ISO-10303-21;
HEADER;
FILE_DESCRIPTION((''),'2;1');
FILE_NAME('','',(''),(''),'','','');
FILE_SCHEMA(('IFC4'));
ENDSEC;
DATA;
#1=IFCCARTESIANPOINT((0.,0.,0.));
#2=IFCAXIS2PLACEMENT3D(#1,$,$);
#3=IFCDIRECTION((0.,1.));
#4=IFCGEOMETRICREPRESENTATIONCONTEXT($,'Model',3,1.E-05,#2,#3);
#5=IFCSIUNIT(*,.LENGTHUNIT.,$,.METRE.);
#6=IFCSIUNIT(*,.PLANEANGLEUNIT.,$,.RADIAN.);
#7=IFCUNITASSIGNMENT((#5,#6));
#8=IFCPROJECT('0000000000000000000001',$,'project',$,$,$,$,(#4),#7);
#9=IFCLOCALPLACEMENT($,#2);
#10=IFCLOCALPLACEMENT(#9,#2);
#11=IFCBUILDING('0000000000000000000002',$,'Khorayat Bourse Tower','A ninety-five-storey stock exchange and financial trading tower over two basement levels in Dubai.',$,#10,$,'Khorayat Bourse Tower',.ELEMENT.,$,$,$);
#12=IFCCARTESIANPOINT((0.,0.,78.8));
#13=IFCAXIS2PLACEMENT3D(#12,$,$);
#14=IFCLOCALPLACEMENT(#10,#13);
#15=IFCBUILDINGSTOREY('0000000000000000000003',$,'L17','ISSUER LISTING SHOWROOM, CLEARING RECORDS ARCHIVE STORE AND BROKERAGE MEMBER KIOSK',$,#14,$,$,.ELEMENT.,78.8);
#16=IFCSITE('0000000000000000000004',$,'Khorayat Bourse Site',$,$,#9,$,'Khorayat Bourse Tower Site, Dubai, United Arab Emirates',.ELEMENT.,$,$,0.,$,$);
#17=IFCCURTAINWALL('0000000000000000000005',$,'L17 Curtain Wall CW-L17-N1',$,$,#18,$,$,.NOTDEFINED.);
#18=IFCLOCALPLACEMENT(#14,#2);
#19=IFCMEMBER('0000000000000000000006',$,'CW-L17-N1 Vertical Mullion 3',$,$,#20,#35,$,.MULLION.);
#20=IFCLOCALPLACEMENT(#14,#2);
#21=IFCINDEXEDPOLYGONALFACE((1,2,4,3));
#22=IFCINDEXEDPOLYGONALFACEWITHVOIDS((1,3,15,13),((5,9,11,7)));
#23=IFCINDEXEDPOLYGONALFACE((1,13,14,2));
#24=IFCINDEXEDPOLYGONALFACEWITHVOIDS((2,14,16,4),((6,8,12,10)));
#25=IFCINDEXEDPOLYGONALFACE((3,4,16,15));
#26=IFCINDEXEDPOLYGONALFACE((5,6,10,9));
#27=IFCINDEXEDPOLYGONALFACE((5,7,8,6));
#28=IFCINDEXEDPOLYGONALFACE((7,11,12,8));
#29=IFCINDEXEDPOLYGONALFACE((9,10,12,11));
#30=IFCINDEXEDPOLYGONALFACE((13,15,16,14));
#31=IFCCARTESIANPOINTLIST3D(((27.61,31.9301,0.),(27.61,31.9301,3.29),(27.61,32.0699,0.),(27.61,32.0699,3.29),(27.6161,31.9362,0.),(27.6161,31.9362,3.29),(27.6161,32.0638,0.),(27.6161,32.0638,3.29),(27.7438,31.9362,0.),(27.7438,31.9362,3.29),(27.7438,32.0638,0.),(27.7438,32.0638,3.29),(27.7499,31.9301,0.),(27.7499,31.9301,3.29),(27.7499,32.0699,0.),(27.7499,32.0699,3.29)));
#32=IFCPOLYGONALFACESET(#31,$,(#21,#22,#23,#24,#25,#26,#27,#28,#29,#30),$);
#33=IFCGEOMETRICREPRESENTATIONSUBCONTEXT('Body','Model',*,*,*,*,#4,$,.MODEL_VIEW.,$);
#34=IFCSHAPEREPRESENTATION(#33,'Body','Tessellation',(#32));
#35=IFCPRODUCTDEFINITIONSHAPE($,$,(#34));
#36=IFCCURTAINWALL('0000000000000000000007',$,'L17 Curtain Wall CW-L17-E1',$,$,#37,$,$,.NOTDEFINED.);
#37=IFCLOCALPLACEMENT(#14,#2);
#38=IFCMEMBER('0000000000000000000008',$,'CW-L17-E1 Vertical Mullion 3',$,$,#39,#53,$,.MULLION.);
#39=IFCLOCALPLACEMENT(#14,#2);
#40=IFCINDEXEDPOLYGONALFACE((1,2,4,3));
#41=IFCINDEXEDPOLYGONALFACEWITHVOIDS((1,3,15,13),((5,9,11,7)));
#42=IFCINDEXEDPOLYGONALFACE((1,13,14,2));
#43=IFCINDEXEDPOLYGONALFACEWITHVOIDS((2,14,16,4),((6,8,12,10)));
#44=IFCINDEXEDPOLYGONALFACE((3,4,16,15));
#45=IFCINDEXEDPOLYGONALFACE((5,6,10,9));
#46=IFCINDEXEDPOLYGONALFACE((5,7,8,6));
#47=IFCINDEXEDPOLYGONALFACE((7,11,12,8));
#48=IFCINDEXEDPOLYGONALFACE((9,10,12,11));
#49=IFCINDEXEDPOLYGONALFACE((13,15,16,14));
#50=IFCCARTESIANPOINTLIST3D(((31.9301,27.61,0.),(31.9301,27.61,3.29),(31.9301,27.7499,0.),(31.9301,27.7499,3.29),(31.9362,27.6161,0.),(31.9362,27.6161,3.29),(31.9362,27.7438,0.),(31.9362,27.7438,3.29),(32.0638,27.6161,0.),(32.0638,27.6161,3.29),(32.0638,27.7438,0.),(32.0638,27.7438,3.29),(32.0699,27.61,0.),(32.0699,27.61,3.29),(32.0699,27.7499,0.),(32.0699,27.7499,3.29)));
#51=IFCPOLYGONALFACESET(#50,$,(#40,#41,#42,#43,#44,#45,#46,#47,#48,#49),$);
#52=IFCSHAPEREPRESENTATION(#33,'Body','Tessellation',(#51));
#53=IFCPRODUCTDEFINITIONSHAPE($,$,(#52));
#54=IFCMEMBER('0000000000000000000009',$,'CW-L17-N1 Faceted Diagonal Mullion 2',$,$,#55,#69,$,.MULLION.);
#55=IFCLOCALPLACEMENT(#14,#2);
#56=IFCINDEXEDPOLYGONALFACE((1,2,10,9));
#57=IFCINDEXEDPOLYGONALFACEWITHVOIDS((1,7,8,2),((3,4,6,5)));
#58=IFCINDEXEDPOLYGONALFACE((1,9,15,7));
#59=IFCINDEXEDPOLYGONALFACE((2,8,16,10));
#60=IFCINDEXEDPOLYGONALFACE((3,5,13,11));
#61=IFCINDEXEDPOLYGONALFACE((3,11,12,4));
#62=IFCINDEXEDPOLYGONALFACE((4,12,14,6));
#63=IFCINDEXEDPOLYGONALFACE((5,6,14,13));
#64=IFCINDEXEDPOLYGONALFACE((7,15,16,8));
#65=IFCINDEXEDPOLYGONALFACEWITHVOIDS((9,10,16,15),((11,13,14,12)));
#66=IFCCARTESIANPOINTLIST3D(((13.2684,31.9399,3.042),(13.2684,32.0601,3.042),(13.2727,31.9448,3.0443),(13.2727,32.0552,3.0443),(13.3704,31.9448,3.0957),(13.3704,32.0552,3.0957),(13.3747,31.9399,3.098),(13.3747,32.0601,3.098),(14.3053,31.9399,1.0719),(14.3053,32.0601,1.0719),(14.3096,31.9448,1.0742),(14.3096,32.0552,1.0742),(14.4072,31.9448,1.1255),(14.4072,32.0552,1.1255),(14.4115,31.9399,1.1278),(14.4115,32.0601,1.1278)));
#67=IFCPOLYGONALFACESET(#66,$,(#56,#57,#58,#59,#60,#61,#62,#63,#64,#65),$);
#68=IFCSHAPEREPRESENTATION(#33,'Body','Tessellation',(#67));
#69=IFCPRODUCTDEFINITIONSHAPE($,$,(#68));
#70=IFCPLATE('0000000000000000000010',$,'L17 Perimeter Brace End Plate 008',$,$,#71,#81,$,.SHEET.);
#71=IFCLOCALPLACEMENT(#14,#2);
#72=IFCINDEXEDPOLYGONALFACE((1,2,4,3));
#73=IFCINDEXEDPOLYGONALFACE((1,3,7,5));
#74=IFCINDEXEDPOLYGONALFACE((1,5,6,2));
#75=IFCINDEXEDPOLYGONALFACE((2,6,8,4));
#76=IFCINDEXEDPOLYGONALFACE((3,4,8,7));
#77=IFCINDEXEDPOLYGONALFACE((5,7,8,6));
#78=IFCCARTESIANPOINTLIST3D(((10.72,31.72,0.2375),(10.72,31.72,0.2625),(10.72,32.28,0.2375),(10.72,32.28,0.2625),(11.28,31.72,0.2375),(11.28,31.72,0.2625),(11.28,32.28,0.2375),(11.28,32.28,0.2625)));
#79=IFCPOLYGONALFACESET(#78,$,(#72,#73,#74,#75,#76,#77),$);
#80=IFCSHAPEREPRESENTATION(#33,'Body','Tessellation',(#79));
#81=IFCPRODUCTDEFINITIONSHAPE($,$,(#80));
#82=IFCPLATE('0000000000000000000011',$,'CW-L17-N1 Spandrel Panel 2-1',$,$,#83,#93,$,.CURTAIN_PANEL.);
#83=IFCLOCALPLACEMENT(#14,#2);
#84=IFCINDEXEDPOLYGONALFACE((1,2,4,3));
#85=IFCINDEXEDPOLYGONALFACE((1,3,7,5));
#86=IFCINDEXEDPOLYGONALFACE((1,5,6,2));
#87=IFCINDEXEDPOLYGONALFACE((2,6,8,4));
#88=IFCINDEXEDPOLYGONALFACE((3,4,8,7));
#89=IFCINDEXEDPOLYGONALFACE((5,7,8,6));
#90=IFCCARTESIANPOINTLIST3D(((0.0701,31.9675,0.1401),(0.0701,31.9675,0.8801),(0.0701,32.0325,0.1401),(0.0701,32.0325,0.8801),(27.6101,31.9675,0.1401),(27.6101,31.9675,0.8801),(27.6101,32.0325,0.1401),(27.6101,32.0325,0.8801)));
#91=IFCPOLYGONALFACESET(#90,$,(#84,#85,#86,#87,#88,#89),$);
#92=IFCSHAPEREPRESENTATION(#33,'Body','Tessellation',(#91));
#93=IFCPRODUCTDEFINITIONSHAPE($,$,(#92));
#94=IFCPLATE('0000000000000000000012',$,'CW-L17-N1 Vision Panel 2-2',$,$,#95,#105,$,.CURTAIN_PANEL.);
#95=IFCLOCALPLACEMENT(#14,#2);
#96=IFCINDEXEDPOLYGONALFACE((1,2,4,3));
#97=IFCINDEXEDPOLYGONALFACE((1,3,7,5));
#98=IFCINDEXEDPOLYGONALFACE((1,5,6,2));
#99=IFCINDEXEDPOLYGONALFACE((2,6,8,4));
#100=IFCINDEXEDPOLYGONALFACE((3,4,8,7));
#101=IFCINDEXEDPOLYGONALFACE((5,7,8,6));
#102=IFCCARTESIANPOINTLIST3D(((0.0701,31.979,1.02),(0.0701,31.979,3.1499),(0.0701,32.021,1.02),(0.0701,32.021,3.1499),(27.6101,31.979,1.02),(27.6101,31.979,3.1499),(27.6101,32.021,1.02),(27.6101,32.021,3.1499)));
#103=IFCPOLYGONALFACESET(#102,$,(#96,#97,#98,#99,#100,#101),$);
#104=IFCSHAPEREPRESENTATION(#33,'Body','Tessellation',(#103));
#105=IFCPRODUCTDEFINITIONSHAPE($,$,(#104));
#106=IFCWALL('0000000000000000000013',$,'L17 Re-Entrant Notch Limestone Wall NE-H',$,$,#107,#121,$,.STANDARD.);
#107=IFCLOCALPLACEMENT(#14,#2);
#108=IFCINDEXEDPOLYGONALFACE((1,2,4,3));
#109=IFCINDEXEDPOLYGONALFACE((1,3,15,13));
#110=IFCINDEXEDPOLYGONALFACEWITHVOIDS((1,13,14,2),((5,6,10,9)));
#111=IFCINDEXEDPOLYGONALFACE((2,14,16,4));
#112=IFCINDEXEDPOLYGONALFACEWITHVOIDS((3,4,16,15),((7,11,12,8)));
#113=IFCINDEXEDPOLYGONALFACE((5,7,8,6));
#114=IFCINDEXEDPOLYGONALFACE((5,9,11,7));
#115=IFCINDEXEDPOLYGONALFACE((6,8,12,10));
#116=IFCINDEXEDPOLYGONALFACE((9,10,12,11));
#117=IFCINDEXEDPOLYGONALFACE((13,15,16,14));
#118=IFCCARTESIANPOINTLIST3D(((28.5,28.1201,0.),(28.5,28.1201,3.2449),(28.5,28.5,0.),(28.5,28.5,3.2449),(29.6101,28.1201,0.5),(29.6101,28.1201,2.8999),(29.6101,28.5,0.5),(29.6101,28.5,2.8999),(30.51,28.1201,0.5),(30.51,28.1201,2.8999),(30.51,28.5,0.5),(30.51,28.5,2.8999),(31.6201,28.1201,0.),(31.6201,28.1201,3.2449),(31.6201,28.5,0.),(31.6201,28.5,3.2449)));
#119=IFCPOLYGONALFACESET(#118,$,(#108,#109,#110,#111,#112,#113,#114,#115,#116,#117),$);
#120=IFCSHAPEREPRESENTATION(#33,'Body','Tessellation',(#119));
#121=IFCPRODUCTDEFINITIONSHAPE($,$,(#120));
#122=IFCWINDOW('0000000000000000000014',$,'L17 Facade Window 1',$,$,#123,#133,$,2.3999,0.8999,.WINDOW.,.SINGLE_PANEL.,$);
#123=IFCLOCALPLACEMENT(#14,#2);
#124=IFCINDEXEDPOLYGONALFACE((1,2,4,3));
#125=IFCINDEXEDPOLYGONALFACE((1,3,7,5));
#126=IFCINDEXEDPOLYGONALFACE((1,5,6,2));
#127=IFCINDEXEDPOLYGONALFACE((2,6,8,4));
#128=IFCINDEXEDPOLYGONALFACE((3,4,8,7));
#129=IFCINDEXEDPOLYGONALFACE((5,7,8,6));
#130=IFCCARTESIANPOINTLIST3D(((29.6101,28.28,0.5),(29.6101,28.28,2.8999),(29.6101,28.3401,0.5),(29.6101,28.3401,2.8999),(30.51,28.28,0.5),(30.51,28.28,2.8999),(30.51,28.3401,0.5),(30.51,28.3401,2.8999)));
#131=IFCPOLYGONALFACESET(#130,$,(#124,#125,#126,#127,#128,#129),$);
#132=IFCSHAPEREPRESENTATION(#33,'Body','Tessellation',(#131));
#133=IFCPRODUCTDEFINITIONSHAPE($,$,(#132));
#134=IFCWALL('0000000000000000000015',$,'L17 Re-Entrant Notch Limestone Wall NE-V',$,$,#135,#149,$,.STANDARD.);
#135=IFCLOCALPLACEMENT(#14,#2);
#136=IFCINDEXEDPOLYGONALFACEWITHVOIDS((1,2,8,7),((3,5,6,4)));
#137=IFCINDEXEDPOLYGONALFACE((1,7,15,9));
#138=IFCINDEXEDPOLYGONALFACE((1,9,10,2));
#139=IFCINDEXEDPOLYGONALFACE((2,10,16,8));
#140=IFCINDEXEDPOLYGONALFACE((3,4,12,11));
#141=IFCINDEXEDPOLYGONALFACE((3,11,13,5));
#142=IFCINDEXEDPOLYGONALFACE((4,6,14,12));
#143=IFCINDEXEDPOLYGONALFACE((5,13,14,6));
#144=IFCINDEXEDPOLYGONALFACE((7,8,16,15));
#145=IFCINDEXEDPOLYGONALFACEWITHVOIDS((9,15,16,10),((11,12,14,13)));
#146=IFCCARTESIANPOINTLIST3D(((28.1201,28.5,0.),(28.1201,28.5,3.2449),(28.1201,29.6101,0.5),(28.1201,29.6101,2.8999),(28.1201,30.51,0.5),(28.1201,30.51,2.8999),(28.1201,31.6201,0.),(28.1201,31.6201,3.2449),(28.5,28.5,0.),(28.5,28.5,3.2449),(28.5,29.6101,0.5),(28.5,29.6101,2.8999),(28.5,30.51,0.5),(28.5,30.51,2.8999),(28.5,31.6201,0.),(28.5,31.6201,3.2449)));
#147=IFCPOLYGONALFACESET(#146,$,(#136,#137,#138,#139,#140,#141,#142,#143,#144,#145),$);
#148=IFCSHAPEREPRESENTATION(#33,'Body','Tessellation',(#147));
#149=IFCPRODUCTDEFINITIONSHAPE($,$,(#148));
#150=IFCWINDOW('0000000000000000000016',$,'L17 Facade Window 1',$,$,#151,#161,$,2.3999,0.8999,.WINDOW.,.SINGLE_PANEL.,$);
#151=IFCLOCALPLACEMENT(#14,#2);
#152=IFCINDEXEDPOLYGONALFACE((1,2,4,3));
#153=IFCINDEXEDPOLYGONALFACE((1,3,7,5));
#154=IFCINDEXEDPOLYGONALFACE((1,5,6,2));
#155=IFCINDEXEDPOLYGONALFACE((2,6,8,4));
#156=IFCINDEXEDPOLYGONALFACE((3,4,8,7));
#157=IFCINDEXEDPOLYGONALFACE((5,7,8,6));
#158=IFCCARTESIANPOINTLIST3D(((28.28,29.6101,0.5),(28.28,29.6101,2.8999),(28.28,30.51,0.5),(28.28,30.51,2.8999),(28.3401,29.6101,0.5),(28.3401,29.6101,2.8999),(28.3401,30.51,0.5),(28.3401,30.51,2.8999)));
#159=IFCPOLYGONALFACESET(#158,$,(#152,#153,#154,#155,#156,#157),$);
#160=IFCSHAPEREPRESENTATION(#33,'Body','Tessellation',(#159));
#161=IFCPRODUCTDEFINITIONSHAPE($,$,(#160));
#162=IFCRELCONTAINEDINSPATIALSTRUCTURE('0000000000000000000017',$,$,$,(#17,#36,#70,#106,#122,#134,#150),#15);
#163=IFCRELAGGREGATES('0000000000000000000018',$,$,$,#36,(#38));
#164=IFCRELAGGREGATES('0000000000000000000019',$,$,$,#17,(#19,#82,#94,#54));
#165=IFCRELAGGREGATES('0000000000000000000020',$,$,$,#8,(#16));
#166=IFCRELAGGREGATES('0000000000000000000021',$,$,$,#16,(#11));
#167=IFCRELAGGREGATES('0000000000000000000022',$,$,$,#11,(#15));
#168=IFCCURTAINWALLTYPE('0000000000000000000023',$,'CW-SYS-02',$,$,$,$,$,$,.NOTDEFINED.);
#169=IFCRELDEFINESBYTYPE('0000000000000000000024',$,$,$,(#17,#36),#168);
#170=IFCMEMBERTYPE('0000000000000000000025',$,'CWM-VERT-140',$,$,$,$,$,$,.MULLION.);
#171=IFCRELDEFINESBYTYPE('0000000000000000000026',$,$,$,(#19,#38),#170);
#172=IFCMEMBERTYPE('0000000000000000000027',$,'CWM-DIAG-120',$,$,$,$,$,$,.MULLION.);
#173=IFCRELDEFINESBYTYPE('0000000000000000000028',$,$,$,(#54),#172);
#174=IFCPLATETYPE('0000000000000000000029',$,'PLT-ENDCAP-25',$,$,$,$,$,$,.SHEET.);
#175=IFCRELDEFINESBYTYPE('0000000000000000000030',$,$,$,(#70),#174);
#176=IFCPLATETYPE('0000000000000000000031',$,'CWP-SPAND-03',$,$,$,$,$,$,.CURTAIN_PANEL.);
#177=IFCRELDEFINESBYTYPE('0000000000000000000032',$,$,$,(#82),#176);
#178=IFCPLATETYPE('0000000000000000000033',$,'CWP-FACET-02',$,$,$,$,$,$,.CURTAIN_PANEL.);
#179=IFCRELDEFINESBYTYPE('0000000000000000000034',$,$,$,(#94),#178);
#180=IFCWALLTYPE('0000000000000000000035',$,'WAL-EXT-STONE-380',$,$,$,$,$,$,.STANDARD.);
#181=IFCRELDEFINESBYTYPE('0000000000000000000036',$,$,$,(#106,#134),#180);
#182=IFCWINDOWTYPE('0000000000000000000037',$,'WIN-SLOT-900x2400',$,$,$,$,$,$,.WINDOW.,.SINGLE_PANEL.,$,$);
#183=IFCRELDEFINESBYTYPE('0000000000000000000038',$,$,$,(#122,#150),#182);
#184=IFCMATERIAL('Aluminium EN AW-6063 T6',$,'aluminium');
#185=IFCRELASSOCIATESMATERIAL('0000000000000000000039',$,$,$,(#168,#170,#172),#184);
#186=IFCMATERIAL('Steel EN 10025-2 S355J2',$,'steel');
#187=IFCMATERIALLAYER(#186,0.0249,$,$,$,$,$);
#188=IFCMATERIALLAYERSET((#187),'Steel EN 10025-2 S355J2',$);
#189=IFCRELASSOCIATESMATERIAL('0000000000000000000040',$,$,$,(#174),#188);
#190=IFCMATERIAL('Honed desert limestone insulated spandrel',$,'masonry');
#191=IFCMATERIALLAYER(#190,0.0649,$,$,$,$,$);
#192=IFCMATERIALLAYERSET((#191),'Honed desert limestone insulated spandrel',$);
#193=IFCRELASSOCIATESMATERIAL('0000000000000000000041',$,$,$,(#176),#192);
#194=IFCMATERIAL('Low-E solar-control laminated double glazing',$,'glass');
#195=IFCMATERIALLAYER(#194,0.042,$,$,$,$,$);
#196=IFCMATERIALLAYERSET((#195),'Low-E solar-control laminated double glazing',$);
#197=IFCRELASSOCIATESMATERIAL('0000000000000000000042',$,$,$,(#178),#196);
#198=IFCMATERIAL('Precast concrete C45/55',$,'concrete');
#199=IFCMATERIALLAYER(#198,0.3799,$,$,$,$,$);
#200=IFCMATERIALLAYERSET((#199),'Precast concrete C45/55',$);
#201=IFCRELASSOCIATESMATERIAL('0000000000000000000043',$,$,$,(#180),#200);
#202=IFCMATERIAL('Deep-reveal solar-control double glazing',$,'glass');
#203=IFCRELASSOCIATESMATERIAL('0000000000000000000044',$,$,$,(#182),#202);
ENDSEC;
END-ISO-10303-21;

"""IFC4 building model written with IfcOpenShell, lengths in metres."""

from ifc_helpers import new_model, si_unit, direction, frame, frame_2d, origin, origin_2d, place, context, subcontext, project, spatial, rectangle, hollow_rectangle, extrude, source, transform, mapped, material, layer, layer_set, material_profile, profile_set, type_object, element, fill, aggregate, save


model = new_model("IFC4")

# Units and contexts
model_context = context("Model", 3, precision=1e-05, world=origin(), true_north=direction((0.0, 1.0)))
body_context = subcontext(model_context, "Body", "Model", "MODEL_VIEW")
ifc_project = project(units=[si_unit("LENGTHUNIT", "METRE"), si_unit("PLANEANGLEUNIT", "RADIAN")], contexts=[model_context])

# Site, building, storey
site_placement = place(None, origin())
site = spatial("IfcSite", under=ifc_project, at=site_placement, Name="Khorayat Bourse Site", LongName="Khorayat Bourse Tower Site, Dubai, United Arab Emirates", CompositionType="ELEMENT", RefElevation=0.0)
building_placement = place(site_placement, origin())
building = spatial("IfcBuilding", under=site, at=building_placement, Name="Khorayat Bourse Tower", Description="A ninety-five-storey stock exchange and financial trading tower over two basement levels in Dubai.", LongName="Khorayat Bourse Tower", CompositionType="ELEMENT")
storey_placement = place(building_placement, frame((0.0, 0.0, 78.8)))
storey = spatial("IfcBuildingStorey", under=building, at=storey_placement, Name="L17", Description="ISSUER LISTING SHOWROOM, CLEARING RECORDS ARCHIVE STORE AND BROKERAGE MEMBER KIOSK", CompositionType="ELEMENT", Elevation=78.8)

# Curtain walls, members
ifc_material_1 = material(Name="Aluminium EN AW-6063 T6", Category="aluminium")
curtain_wall_type = type_object("IfcCurtainWallType", Name="CW-SYS-02", PredefinedType="NOTDEFINED", material=ifc_material_1)
curtain_wall_1_placement = place(storey_placement, origin())
curtain_wall_1 = element("IfcCurtainWall", 1, at=curtain_wall_1_placement, inside=storey, type_object=curtain_wall_type, Name="L17 Curtain Wall CW-L17-N1", PredefinedType="NOTDEFINED")
ifc_material_profile_1 = material_profile(ifc_material_1, hollow_rectangle(XDim=0.1399, YDim=0.1399, WallThickness=0.0061, at=origin_2d()), Name="ALU 140x140x6")
ifc_profile_set_1 = profile_set([ifc_material_profile_1], Name="Aluminium EN AW-6063 T6")
member_type_1 = type_object("IfcMemberType", Name="CWM-VERT-140", PredefinedType="MULLION", material=ifc_profile_set_1)
shared_shape_1 = source(origin(), body_context, "Body", "SweptSolid", [
    extrude(hollow_rectangle(XDim=0.1399, YDim=0.1399, WallThickness=0.0061, at=origin_2d()), origin(), (0.0, 0.0, 1.0), 3.29),
])
member_1_placement = place(storey_placement, frame((27.6799, 32.0, 0.0), z_axis=(0.0, 0.0, 1.0), x_axis=(0.0, 1.0, 0.0)))
member_1 = element("IfcMember", 2, at=member_1_placement, type_object=member_type_1, Name="CW-L17-N1 Vertical Mullion 3", PredefinedType="MULLION", context=body_context, shape_type="MappedRepresentation", body=[
    mapped(shared_shape_1, transform((0.0, 0.0, 0.0), scale=1.0)),
])
curtain_wall_2_placement = place(storey_placement, origin())
curtain_wall_2 = element("IfcCurtainWall", 3, at=curtain_wall_2_placement, inside=storey, type_object=curtain_wall_type, Name="L17 Curtain Wall CW-L17-E1", PredefinedType="NOTDEFINED")
member_2_placement = place(storey_placement, frame((32.0, 27.6799, 0.0), z_axis=(0.0, 0.0, 1.0), x_axis=(-1.0, 0.0, 0.0)))
member_2 = element("IfcMember", 4, at=member_2_placement, type_object=member_type_1, Name="CW-L17-E1 Vertical Mullion 3", PredefinedType="MULLION", context=body_context, shape_type="MappedRepresentation", body=[
    mapped(shared_shape_1, transform((0.0, 0.0, 0.0), scale=1.0)),
])
aggregate(curtain_wall_2, [member_2])

# Member
ifc_material_profile_2 = material_profile(ifc_material_1, hollow_rectangle(XDim=0.1201, YDim=0.1201, WallThickness=0.0049, at=origin_2d()), Name="ALU 120x120x5")
ifc_profile_set_2 = profile_set([ifc_material_profile_2], Name="Aluminium EN AW-6063 T6")
member_type_2 = type_object("IfcMemberType", Name="CWM-DIAG-120", PredefinedType="MULLION", material=ifc_profile_set_2)
shared_shape_2 = source(origin(), body_context, "Body", "SweptSolid", [
    extrude(hollow_rectangle(XDim=0.1201, YDim=0.1201, WallThickness=0.0049, at=origin_2d()), origin(), (0.0, 0.0, 1.0), 2.2263),
])
member_3_placement = place(storey_placement, frame((14.3584, 32.0, 1.0999), z_axis=(-0.465715, 0.0, 0.884935), x_axis=(0.0, -1.0, 0.0)))
member_3 = element("IfcMember", 5, at=member_3_placement, type_object=member_type_2, Name="CW-L17-N1 Faceted Diagonal Mullion 2", PredefinedType="MULLION", context=body_context, shape_type="MappedRepresentation", body=[
    mapped(shared_shape_2, transform((0.0, 0.0, 0.0), scale=1.0)),
])

# Plates
ifc_material_2 = material(Name="Steel EN 10025-2 S355J2", Category="steel")
ifc_layer_1 = layer(ifc_material_2, 0.0249)
ifc_layer_set_1 = layer_set([ifc_layer_1], Name="Steel EN 10025-2 S355J2")
plate_type_1 = type_object("IfcPlateType", Name="PLT-ENDCAP-25", PredefinedType="SHEET", material=ifc_layer_set_1)
shared_shape_3 = source(origin(), body_context, "Body", "SweptSolid", [
    extrude(rectangle(XDim=0.5601, YDim=0.5601, at=origin_2d()), origin(), (0.0, 0.0, 1.0), 0.0249),
])
plate_1_placement = place(storey_placement, frame((11.0, 32.0, 0.2375), z_axis=(0.0, 0.0, 1.0), x_axis=(1.0, 0.0, 0.0)))
element("IfcPlate", 6, at=plate_1_placement, inside=storey, type_object=plate_type_1, Name="L17 Perimeter Brace End Plate 008", PredefinedType="SHEET", context=body_context, shape_type="MappedRepresentation", body=[
    mapped(shared_shape_3, transform((0.0, 0.0, 0.0), scale=1.0)),
])
ifc_material_3 = material(Name="Honed desert limestone insulated spandrel", Category="masonry")
ifc_layer_2 = layer(ifc_material_3, 0.0649)
ifc_layer_set_2 = layer_set([ifc_layer_2], Name="Honed desert limestone insulated spandrel")
plate_type_2 = type_object("IfcPlateType", Name="CWP-SPAND-03", PredefinedType="CURTAIN_PANEL", material=ifc_layer_set_2)
shared_shape_4 = source(origin(), body_context, "Body", "SweptSolid", [
    extrude(rectangle(XDim=27.54, YDim=0.0649, at=origin_2d()), origin(), (0.0, 0.0, 1.0), 0.74),
])
plate_2_placement = place(storey_placement, frame((13.8401, 32.0, 0.1401), z_axis=(0.0, 0.0, 1.0), x_axis=(1.0, 0.0, 0.0)))
plate_2 = element("IfcPlate", 7, at=plate_2_placement, type_object=plate_type_2, Name="CW-L17-N1 Spandrel Panel 2-1", PredefinedType="CURTAIN_PANEL", context=body_context, shape_type="MappedRepresentation", body=[
    mapped(shared_shape_4, transform((0.0, 0.0, 0.0), scale=1.0)),
])
ifc_material_4 = material(Name="Low-E solar-control laminated double glazing", Category="glass")
ifc_layer_3 = layer(ifc_material_4, 0.042)
ifc_layer_set_3 = layer_set([ifc_layer_3], Name="Low-E solar-control laminated double glazing")
plate_type_3 = type_object("IfcPlateType", Name="CWP-FACET-02", PredefinedType="CURTAIN_PANEL", material=ifc_layer_set_3)
shared_shape_5 = source(origin(), body_context, "Body", "SweptSolid", [
    extrude(rectangle(XDim=27.54, YDim=0.042, at=origin_2d()), origin(), (0.0, 0.0, 1.0), 2.1299),
])
plate_3_placement = place(storey_placement, frame((13.8401, 32.0, 1.02), z_axis=(0.0, 0.0, 1.0), x_axis=(1.0, 0.0, 0.0)))
plate_3 = element("IfcPlate", 8, at=plate_3_placement, type_object=plate_type_3, Name="CW-L17-N1 Vision Panel 2-2", PredefinedType="CURTAIN_PANEL", context=body_context, shape_type="MappedRepresentation", body=[
    mapped(shared_shape_5, transform((0.0, 0.0, 0.0), scale=1.0)),
])
aggregate(curtain_wall_1, [member_1, plate_2, plate_3, member_3])

# Walls, openings, windows
ifc_material_5 = material(Name="Precast concrete C45/55", Category="concrete")
ifc_layer_4 = layer(ifc_material_5, 0.3799)
ifc_layer_set_4 = layer_set([ifc_layer_4], Name="Precast concrete C45/55")
wall_type_1 = type_object("IfcWallType", Name="WAL-EXT-STONE-380", PredefinedType="STANDARD", material=ifc_layer_set_4)
shared_shape_6 = source(origin(), body_context, "Body", "SweptSolid", [
    extrude(rectangle(XDim=3.1201, YDim=0.3799, at=frame_2d((1.5601, 0.0))), origin(), (0.0, 0.0, 1.0), 3.2449),
])
wall_1_placement = place(storey_placement, frame((28.5, 28.3101, 0.0), z_axis=(0.0, 0.0, 1.0), x_axis=(1.0, 0.0, 0.0)))
wall_1 = element("IfcWall", 9, at=wall_1_placement, inside=storey, type_object=wall_type_1, Name="L17 Re-Entrant Notch Limestone Wall NE-H", PredefinedType="STANDARD", context=body_context, shape_type="MappedRepresentation", body=[
    mapped(shared_shape_6, transform((0.0, 0.0, 0.0), scale=1.0)),
])
shared_shape_7 = source(origin(), body_context, "Body", "SweptSolid", [
    extrude(rectangle(XDim=0.8999, YDim=2.3999, at=frame_2d((0.45, 1.2))), frame((0.0, 0.2, 0.0), z_axis=(0.0, -1.0, 0.0), x_axis=(1.0, 0.0, 0.0)), (0.0, 0.0, 1.0), 0.3999),
])
opening_1_placement = place(wall_1_placement, frame((1.1101, 0.0, 0.5)))
opening_1 = element("IfcOpeningElement", 10, at=opening_1_placement, cuts=wall_1, PredefinedType="OPENING", context=body_context, shape_type="MappedRepresentation", body=[
    mapped(shared_shape_7, transform((0.0, 0.0, 0.0), scale=1.0)),
])
ifc_material_6 = material(Name="Deep-reveal solar-control double glazing", Category="glass")
window_type = type_object("IfcWindowType", Name="WIN-SLOT-900x2400", PartitioningType="SINGLE_PANEL", PredefinedType="WINDOW", material=ifc_material_6)
shared_shape_8 = source(origin(), body_context, "Body", "SweptSolid", [
    extrude(rectangle(XDim=0.8999, YDim=2.3999, at=frame_2d((0.45, 1.2))), frame((0.0, 0.03, 0.0), z_axis=(0.0, -1.0, 0.0), x_axis=(1.0, 0.0, 0.0)), (0.0, 0.0, 1.0), 0.0601),
])
window_1_placement = place(opening_1_placement, origin())
window_1 = element("IfcWindow", 11, at=window_1_placement, inside=storey, type_object=window_type, Name="L17 Facade Window 1", OverallHeight=2.3999, OverallWidth=0.8999, PartitioningType="SINGLE_PANEL", PredefinedType="WINDOW", context=body_context, shape_type="MappedRepresentation", body=[
    mapped(shared_shape_8, transform((0.0, 0.0, 0.0), scale=1.0)),
])
fill(opening_1, window_1)
wall_2_placement = place(storey_placement, frame((28.3101, 28.5, 0.0), z_axis=(0.0, 0.0, 1.0), x_axis=(0.0, 1.0, 0.0)))
wall_2 = element("IfcWall", 12, at=wall_2_placement, inside=storey, type_object=wall_type_1, Name="L17 Re-Entrant Notch Limestone Wall NE-V", PredefinedType="STANDARD", context=body_context, shape_type="MappedRepresentation", body=[
    mapped(shared_shape_6, transform((0.0, 0.0, 0.0), scale=1.0)),
])
opening_2_placement = place(wall_2_placement, frame((1.1101, 0.0, 0.5)))
opening_2 = element("IfcOpeningElement", 13, at=opening_2_placement, cuts=wall_2, PredefinedType="OPENING", context=body_context, shape_type="MappedRepresentation", body=[
    mapped(shared_shape_7, transform((0.0, 0.0, 0.0), scale=1.0)),
])
window_2_placement = place(opening_2_placement, origin())
window_2 = element("IfcWindow", 14, at=window_2_placement, inside=storey, type_object=window_type, Name="L17 Facade Window 1", OverallHeight=2.3999, OverallWidth=0.8999, PartitioningType="SINGLE_PANEL", PredefinedType="WINDOW", context=body_context, shape_type="MappedRepresentation", body=[
    mapped(shared_shape_8, transform((0.0, 0.0, 0.0), scale=1.0)),
])
fill(opening_2, window_2)

save(model, "model.ifc")
